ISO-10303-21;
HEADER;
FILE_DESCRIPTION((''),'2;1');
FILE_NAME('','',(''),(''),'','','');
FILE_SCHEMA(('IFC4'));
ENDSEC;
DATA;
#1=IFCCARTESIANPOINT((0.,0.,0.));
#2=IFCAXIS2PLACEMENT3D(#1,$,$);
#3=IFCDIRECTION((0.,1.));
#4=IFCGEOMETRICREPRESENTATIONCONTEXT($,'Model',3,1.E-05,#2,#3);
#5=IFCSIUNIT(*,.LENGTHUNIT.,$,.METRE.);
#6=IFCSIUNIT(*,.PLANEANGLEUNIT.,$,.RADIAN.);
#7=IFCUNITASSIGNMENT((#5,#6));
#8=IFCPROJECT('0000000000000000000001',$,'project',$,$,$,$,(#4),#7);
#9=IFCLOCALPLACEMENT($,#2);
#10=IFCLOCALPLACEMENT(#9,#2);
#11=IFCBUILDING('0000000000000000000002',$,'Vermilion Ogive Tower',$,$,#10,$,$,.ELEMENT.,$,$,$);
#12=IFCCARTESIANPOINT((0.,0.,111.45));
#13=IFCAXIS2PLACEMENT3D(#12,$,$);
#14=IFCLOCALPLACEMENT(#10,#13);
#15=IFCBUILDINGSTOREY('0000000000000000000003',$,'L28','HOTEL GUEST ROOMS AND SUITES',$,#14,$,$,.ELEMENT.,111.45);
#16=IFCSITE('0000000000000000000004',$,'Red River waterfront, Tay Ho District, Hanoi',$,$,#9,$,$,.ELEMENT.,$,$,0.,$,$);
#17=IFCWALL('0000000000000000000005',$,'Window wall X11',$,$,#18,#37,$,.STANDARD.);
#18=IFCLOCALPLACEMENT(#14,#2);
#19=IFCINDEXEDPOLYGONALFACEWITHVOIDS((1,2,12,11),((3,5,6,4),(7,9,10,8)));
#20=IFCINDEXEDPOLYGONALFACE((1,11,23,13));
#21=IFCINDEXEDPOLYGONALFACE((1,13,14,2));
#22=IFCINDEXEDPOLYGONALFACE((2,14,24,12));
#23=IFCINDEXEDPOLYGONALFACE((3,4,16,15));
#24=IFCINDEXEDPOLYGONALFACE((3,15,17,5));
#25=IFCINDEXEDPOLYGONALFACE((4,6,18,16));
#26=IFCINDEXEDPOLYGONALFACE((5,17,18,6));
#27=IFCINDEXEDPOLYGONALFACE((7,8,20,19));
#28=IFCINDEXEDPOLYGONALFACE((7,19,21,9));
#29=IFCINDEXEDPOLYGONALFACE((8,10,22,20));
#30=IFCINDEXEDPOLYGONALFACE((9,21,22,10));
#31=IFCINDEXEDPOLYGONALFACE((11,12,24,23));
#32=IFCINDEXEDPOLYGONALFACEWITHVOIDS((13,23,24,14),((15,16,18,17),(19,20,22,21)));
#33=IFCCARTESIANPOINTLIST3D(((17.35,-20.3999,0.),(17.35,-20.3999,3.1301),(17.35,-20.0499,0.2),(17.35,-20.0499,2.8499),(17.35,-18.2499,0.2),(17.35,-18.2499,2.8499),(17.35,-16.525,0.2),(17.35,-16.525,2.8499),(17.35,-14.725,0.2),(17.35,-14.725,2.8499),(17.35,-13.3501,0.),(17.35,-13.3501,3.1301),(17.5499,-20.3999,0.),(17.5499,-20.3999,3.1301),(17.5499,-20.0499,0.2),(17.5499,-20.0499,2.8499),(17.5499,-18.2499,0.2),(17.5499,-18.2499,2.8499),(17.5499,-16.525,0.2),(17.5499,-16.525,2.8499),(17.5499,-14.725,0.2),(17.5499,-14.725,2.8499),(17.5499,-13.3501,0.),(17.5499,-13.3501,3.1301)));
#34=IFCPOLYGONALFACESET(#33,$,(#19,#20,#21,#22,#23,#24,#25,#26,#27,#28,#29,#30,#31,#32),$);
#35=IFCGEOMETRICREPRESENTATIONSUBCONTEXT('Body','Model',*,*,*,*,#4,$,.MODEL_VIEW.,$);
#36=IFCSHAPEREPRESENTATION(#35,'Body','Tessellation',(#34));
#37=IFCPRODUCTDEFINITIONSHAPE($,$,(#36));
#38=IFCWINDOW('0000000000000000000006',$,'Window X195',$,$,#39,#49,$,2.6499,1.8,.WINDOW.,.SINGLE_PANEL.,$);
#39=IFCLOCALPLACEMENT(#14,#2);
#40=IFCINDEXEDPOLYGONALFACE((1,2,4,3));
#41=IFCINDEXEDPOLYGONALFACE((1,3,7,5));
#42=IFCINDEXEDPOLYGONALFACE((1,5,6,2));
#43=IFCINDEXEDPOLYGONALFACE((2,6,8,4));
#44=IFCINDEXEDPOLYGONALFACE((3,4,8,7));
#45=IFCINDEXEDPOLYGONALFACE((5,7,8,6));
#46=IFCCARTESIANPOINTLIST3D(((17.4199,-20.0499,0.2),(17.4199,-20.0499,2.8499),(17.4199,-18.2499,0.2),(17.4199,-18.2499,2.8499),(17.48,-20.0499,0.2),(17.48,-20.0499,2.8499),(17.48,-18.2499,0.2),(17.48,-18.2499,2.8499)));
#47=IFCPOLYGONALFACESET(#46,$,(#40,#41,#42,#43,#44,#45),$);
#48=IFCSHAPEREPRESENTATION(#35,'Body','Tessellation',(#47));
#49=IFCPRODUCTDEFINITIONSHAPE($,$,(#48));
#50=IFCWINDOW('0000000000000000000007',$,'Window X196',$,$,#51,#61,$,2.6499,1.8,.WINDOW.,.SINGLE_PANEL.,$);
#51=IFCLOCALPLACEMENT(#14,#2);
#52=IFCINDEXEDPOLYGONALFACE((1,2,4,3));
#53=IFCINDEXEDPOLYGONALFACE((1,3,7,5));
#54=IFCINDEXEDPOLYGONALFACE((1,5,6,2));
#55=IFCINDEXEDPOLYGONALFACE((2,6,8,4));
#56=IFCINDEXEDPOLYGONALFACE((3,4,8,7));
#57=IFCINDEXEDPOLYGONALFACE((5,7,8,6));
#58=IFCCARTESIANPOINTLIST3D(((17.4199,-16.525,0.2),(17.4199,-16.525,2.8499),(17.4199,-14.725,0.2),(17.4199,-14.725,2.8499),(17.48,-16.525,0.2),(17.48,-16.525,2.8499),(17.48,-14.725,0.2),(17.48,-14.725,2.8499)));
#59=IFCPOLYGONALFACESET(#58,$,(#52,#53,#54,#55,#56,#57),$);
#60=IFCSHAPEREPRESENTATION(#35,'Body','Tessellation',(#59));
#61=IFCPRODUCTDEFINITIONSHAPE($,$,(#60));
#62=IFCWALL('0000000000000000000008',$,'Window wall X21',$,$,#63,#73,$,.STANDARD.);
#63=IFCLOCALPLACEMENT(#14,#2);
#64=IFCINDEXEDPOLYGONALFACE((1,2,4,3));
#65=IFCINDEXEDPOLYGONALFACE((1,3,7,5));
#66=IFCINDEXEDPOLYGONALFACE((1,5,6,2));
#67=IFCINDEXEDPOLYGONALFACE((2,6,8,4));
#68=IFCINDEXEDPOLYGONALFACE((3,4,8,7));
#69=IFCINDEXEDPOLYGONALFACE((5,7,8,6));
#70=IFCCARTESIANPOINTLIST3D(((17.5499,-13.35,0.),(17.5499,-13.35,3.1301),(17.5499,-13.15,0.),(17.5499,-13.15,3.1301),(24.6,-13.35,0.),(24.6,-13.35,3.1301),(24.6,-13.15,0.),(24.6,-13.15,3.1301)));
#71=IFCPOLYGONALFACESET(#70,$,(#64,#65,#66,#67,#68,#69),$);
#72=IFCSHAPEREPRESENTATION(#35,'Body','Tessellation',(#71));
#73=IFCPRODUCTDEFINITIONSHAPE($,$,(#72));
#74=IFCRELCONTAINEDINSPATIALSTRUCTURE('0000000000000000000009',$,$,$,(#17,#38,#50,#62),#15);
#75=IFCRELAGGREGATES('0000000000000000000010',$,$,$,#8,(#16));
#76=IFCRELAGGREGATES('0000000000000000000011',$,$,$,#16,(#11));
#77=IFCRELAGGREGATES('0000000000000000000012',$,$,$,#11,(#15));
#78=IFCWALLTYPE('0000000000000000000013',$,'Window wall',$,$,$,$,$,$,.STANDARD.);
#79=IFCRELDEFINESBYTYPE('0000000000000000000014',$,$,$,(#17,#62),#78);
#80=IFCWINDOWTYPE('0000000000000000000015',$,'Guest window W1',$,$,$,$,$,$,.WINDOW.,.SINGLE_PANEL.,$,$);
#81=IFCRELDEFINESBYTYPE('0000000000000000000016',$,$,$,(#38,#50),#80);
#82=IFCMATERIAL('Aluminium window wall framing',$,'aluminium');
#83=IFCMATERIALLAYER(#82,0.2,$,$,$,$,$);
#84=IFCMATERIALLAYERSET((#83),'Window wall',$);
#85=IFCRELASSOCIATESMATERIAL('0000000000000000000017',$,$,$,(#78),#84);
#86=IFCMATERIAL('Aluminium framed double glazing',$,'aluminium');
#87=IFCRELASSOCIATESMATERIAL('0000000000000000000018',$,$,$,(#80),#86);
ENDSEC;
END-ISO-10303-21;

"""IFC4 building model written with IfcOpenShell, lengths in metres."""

from ifc_helpers import new_model, si_unit, direction, frame, frame_2d, origin, place, context, subcontext, project, spatial, rectangle, extrude, material, layer, layer_set, type_object, element, fill, save


model = new_model("IFC4")

# Units and contexts
model_context = context("Model", 3, precision=1e-05, world=origin(), true_north=direction((0.0, 1.0)))
body_context = subcontext(model_context, "Body", "Model", "MODEL_VIEW")
ifc_project = project(units=[si_unit("LENGTHUNIT", "METRE"), si_unit("PLANEANGLEUNIT", "RADIAN")], contexts=[model_context])

# Site, building, storey
site_placement = place(None, origin())
site = spatial("IfcSite", under=ifc_project, at=site_placement, Name="Red River waterfront, Tay Ho District, Hanoi", CompositionType="ELEMENT", RefElevation=0.0)
building_placement = place(site_placement, origin())
building = spatial("IfcBuilding", under=site, at=building_placement, Name="Vermilion Ogive Tower", CompositionType="ELEMENT")
storey_placement = place(building_placement, frame((0.0, 0.0, 111.45)))
storey = spatial("IfcBuildingStorey", under=building, at=storey_placement, Name="L28", Description="HOTEL GUEST ROOMS AND SUITES", CompositionType="ELEMENT", Elevation=111.45)

# Wall, openings, windows
ifc_material_1 = material(Name="Aluminium window wall framing", Category="aluminium")
ifc_layer_1 = layer(ifc_material_1, 0.2)
ifc_layer_set_1 = layer_set([ifc_layer_1], Name="Window wall")
wall_type_1 = type_object("IfcWallType", Name="Window wall", PredefinedType="STANDARD", material=ifc_layer_set_1)
wall_1_placement = place(storey_placement, frame((17.45, -20.3999, 0.0), z_axis=(0.0, 0.0, 1.0), x_axis=(0.0, 1.0, 0.0)))
wall_1 = element("IfcWall", 1, at=wall_1_placement, inside=storey, type_object=wall_type_1, Name="Window wall X11", PredefinedType="STANDARD", context=body_context, shape_type="SweptSolid", body=[
    extrude(rectangle(XDim=7.0498, YDim=0.2, at=frame_2d((3.5249, 0.0))), origin(), (0.0, 0.0, 1.0), 3.1301),
])
opening_1_placement = place(wall_1_placement, frame((0.3501, 0.0, 0.2)))
opening_1 = element("IfcOpeningElement", 2, at=opening_1_placement, cuts=wall_1, PredefinedType="OPENING", context=body_context, shape_type="SweptSolid", body=[
    extrude(rectangle(XDim=1.8, YDim=2.6499, at=frame_2d((0.8999, 1.325))), frame((0.0, 0.1099, 0.0), z_axis=(0.0, -1.0, 0.0), x_axis=(1.0, 0.0, 0.0)), (0.0, 0.0, 1.0), 0.22),
])
opening_2_placement = place(wall_1_placement, frame((3.875, 0.0, 0.2)))
opening_2 = element("IfcOpeningElement", 3, at=opening_2_placement, cuts=wall_1, PredefinedType="OPENING", context=body_context, shape_type="SweptSolid", body=[
    extrude(rectangle(XDim=1.8, YDim=2.6499, at=frame_2d((0.8999, 1.325))), frame((0.0, 0.1099, 0.0), z_axis=(0.0, -1.0, 0.0), x_axis=(1.0, 0.0, 0.0)), (0.0, 0.0, 1.0), 0.22),
])
ifc_material_2 = material(Name="Aluminium framed double glazing", Category="aluminium")
window_type = type_object("IfcWindowType", Name="Guest window W1", PartitioningType="SINGLE_PANEL", PredefinedType="WINDOW", material=ifc_material_2)
window_1_placement = place(opening_1_placement, origin())
window_1 = element("IfcWindow", 4, at=window_1_placement, inside=storey, type_object=window_type, Name="Window X195", OverallHeight=2.6499, OverallWidth=1.8, PartitioningType="SINGLE_PANEL", PredefinedType="WINDOW", context=body_context, shape_type="SweptSolid", body=[
    extrude(rectangle(XDim=1.8, YDim=2.6499, at=frame_2d((0.8999, 1.325))), frame((0.0, 0.03, 0.0), z_axis=(0.0, -1.0, 0.0), x_axis=(1.0, 0.0, 0.0)), (0.0, 0.0, 1.0), 0.0601),
])
fill(opening_1, window_1)
window_2_placement = place(opening_2_placement, origin())
window_2 = element("IfcWindow", 5, at=window_2_placement, inside=storey, type_object=window_type, Name="Window X196", OverallHeight=2.6499, OverallWidth=1.8, PartitioningType="SINGLE_PANEL", PredefinedType="WINDOW", context=body_context, shape_type="SweptSolid", body=[
    extrude(rectangle(XDim=1.8, YDim=2.6499, at=frame_2d((0.8999, 1.325))), frame((0.0, 0.03, 0.0), z_axis=(0.0, -1.0, 0.0), x_axis=(1.0, 0.0, 0.0)), (0.0, 0.0, 1.0), 0.0601),
])
fill(opening_2, window_2)

# Wall
wall_2_placement = place(storey_placement, frame((17.55, -13.25, 0.0), z_axis=(0.0, 0.0, 1.0), x_axis=(1.0, 0.0, 0.0)))
element("IfcWall", 6, at=wall_2_placement, inside=storey, type_object=wall_type_1, Name="Window wall X21", PredefinedType="STANDARD", context=body_context, shape_type="SweptSolid", body=[
    extrude(rectangle(XDim=7.05, YDim=0.2, at=frame_2d((3.5249, 0.0))), origin(), (0.0, 0.0, 1.0), 3.1301),
])

save(model, "model.ifc")
